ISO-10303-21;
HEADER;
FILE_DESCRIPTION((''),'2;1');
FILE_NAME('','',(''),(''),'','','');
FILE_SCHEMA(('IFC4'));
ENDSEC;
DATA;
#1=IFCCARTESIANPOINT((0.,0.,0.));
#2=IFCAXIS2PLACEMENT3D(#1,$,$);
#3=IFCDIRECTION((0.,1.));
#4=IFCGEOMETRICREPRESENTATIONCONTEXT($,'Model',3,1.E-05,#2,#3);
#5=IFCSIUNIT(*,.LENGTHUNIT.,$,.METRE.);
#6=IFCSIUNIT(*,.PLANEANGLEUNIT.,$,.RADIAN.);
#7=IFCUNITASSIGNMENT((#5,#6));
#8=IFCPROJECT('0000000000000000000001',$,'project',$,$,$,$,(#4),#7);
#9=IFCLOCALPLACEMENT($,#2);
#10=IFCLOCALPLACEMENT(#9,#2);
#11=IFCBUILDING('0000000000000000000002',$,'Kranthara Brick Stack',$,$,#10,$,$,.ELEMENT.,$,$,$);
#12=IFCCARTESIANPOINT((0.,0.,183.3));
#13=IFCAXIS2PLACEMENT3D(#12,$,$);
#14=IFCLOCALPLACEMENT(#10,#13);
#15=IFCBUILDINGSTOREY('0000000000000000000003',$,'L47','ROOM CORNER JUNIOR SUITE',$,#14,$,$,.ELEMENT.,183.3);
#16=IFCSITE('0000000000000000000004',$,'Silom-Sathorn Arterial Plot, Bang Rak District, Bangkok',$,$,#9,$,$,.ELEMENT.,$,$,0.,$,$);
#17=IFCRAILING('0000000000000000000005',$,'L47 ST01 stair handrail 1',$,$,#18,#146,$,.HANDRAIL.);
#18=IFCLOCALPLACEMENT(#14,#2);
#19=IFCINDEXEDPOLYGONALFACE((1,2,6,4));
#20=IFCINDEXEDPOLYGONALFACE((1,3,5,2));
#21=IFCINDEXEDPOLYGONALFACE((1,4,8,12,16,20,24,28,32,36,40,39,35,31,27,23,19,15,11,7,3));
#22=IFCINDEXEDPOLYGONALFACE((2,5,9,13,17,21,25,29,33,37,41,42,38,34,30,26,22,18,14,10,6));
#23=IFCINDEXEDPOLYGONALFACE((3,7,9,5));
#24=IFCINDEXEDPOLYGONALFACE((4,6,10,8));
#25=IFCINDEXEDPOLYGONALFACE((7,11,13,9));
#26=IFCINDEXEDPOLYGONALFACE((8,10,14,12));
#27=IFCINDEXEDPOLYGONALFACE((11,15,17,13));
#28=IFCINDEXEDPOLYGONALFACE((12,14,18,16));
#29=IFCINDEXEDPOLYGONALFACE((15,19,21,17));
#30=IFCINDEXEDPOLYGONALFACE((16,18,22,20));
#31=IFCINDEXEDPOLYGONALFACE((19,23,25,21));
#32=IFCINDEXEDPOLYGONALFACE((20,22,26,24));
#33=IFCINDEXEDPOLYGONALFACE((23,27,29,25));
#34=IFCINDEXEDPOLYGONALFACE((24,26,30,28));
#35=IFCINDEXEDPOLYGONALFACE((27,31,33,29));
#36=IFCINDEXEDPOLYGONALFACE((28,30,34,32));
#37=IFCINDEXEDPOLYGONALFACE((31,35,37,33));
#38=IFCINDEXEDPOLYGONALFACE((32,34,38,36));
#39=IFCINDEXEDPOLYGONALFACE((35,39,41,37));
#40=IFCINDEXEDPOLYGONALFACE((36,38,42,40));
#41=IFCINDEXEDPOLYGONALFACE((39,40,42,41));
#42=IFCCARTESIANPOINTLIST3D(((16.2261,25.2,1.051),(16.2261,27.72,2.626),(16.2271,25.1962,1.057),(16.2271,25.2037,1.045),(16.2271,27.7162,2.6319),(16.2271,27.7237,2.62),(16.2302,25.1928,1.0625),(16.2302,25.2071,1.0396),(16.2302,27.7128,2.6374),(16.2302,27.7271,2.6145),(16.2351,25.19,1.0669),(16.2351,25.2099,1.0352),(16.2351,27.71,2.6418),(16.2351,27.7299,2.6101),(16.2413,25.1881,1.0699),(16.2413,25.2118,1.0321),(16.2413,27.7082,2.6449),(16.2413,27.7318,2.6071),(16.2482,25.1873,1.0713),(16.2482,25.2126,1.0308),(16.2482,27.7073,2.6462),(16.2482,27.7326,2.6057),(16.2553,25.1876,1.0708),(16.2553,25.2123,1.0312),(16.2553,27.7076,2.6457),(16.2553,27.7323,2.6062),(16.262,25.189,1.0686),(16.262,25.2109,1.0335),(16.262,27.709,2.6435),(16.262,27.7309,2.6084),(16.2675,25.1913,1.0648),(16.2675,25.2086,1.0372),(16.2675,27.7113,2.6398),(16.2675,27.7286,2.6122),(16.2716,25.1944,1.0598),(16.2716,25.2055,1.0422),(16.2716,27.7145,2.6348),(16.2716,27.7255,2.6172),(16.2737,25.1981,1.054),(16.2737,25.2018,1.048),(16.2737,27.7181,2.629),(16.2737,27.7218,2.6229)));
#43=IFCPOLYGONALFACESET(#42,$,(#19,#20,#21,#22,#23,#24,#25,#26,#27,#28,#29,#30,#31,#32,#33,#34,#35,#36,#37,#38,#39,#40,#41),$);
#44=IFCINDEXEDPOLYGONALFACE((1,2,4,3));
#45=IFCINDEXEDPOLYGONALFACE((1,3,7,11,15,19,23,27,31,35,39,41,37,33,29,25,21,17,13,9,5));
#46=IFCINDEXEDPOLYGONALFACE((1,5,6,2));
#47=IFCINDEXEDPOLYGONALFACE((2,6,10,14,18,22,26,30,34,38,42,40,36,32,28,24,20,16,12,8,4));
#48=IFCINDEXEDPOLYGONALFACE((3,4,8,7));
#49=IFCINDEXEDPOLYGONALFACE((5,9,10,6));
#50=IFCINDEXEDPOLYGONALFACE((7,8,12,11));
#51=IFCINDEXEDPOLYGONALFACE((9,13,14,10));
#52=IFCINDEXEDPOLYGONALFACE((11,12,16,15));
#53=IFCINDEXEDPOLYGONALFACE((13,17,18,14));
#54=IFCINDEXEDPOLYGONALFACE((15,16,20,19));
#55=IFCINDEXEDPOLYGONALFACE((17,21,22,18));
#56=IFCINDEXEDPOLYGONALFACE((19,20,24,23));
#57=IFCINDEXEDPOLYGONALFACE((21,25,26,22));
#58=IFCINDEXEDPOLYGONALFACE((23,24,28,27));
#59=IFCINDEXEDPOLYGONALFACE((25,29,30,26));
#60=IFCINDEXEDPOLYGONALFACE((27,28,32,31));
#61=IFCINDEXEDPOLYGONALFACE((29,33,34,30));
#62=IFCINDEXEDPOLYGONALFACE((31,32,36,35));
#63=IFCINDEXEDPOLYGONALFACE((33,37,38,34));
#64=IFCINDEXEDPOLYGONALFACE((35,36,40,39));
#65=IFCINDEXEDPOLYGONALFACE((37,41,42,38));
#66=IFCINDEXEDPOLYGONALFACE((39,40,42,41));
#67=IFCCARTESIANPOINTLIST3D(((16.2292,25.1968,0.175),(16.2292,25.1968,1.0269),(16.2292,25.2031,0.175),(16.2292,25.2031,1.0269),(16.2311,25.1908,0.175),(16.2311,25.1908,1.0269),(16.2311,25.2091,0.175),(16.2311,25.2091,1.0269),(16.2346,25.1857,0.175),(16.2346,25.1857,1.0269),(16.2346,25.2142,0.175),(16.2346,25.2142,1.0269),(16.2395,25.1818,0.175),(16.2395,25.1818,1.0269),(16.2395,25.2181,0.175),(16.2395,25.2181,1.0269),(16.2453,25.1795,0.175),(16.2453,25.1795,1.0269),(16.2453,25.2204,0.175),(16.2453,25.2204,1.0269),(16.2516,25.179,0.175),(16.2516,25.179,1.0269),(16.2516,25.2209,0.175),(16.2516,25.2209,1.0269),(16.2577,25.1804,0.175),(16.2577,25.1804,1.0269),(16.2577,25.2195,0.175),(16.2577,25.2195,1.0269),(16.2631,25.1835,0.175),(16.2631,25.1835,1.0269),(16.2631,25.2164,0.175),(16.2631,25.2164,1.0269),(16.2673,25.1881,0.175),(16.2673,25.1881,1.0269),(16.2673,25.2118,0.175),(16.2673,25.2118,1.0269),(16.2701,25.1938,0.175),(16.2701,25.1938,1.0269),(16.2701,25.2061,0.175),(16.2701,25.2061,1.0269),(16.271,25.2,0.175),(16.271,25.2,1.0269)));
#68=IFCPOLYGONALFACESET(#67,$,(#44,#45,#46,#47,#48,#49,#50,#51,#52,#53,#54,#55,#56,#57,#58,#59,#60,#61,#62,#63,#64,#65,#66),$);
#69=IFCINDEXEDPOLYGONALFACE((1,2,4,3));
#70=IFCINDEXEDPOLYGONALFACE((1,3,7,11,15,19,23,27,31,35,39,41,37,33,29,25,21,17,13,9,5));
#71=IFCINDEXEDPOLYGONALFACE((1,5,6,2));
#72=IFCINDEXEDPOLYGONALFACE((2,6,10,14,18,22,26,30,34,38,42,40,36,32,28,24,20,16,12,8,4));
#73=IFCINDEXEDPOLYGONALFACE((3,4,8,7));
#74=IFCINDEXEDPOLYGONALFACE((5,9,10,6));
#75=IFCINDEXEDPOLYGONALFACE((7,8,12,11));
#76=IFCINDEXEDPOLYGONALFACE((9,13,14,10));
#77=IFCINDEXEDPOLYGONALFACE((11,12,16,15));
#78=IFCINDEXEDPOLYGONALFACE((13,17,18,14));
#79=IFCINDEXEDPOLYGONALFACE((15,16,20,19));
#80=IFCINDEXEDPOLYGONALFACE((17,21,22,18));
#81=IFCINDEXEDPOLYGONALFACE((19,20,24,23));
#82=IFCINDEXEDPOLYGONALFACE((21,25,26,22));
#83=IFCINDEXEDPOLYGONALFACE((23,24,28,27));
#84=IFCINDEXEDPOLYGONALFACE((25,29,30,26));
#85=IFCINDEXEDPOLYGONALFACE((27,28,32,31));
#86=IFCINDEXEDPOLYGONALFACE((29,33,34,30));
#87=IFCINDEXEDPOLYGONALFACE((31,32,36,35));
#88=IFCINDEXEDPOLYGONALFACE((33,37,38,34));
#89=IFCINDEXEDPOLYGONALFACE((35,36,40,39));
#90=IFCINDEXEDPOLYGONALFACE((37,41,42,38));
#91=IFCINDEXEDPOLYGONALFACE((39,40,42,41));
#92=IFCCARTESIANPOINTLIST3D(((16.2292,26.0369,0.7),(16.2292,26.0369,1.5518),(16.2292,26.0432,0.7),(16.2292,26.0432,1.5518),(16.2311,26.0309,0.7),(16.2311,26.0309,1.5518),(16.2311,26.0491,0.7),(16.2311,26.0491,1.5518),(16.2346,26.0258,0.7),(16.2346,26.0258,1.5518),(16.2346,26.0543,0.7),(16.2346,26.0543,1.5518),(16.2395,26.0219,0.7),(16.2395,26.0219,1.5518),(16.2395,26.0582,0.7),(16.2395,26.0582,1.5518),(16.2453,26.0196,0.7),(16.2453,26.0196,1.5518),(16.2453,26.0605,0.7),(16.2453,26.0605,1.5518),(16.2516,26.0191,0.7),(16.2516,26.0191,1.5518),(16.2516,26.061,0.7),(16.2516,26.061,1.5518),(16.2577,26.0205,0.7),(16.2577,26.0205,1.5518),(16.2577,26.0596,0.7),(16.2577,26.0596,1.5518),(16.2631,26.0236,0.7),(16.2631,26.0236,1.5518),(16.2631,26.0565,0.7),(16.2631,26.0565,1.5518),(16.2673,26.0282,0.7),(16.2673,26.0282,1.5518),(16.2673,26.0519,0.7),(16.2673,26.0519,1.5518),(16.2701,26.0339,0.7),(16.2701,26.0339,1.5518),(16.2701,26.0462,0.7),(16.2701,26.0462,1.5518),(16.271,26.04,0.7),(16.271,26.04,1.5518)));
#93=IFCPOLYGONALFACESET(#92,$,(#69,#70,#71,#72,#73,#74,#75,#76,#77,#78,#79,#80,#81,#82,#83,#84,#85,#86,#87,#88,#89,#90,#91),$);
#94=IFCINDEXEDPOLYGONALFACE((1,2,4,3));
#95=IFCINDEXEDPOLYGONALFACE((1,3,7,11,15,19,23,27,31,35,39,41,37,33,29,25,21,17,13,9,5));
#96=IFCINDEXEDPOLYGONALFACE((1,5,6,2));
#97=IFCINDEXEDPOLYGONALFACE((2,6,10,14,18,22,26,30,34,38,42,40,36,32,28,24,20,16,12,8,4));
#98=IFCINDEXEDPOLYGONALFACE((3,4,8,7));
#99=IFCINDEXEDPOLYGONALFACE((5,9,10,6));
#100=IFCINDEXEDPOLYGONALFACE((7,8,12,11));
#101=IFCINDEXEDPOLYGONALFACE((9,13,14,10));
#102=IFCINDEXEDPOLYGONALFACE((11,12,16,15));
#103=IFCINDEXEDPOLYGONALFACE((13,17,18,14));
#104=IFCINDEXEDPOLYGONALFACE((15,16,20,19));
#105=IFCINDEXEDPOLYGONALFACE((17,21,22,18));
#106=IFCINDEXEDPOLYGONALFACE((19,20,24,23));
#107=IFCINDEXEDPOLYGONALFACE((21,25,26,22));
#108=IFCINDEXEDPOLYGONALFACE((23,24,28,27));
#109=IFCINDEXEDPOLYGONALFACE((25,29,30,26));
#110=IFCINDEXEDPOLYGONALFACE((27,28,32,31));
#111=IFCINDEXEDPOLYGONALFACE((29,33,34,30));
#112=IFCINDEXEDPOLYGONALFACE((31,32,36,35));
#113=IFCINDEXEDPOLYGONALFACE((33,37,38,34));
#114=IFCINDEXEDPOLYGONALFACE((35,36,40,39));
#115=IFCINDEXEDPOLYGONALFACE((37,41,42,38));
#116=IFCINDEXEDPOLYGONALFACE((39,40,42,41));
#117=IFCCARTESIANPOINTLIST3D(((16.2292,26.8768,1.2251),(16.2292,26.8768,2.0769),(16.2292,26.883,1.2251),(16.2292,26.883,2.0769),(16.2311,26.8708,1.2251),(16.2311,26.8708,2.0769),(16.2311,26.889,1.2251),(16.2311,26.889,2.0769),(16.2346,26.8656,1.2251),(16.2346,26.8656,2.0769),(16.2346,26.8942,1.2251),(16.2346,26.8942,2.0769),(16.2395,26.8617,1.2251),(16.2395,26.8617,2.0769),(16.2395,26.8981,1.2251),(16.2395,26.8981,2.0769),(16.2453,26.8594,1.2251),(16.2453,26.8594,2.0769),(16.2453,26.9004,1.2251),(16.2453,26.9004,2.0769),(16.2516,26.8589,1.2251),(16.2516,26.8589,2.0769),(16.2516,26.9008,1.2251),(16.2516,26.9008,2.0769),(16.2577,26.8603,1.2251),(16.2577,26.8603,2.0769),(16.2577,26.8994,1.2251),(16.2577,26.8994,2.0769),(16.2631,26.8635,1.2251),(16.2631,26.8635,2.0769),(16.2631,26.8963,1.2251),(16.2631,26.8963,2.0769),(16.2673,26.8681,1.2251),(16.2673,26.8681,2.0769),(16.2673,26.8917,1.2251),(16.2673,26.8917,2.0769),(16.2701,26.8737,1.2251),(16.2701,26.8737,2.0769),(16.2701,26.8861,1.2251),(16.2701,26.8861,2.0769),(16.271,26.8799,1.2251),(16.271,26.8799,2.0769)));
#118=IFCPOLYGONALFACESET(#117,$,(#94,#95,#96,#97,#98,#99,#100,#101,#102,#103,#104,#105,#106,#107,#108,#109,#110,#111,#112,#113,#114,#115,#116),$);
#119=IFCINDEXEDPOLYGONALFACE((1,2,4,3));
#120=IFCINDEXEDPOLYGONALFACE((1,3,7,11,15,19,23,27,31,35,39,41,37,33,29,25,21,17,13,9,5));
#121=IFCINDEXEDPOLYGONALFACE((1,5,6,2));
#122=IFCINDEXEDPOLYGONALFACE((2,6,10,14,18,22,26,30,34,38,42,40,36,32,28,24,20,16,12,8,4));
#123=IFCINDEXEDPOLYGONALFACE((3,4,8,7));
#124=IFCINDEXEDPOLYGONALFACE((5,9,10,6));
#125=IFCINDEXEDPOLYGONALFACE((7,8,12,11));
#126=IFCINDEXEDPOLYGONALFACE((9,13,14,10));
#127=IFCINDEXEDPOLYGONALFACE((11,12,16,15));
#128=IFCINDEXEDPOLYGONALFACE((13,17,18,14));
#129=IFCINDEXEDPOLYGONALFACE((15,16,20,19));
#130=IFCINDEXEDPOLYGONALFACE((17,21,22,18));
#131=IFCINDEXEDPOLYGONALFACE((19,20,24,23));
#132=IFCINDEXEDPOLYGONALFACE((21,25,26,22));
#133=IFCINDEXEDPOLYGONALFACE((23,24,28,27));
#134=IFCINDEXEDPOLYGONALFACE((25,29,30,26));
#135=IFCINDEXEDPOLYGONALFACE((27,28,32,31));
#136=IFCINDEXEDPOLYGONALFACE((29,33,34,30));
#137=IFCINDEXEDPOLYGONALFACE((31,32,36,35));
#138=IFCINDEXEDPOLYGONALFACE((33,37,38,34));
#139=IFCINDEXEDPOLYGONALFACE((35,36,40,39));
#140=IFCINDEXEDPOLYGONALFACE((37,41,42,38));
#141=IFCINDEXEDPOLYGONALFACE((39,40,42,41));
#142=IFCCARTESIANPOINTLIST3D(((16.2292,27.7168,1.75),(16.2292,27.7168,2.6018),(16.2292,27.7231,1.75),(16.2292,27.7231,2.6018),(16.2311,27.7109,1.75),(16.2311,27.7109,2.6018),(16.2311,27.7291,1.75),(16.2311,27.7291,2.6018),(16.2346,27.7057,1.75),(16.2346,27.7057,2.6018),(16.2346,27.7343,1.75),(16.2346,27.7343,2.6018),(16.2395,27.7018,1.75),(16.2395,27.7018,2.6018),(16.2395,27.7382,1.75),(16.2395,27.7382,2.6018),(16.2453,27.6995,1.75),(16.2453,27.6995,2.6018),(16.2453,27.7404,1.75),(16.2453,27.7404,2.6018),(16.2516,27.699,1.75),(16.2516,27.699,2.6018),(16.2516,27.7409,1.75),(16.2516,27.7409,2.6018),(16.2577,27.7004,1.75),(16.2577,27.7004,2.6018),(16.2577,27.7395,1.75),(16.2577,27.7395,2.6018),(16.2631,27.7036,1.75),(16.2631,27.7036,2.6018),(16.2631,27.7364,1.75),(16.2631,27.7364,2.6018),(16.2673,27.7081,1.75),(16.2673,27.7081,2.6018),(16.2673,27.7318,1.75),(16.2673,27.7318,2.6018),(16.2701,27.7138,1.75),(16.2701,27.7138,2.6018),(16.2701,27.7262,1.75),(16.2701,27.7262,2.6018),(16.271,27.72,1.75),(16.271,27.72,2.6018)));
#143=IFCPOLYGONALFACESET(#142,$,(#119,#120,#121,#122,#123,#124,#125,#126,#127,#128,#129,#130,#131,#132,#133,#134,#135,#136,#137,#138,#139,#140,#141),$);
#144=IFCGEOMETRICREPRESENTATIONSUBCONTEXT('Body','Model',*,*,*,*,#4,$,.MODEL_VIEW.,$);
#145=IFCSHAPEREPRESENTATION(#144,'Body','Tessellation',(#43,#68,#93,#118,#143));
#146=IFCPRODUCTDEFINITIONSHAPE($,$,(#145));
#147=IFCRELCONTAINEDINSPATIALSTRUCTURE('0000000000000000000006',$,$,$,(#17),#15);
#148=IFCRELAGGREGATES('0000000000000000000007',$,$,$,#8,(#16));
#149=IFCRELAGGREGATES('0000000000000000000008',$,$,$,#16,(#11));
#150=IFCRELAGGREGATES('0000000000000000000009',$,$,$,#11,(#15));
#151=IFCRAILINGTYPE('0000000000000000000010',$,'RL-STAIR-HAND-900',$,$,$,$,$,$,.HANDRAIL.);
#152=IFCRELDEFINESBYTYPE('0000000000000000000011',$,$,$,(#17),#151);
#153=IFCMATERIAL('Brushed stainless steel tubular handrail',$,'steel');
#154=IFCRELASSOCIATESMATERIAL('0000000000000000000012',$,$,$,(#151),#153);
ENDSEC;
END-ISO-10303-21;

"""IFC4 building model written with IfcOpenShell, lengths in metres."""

from ifc_helpers import new_model, si_unit, direction, frame, origin, origin_2d, place, context, subcontext, project, spatial, circle, extrude, material, type_object, element, save


model = new_model("IFC4")

# Units and contexts
model_context = context("Model", 3, precision=1e-05, world=origin(), true_north=direction((0.0, 1.0)))
body_context = subcontext(model_context, "Body", "Model", "MODEL_VIEW")
ifc_project = project(units=[si_unit("LENGTHUNIT", "METRE"), si_unit("PLANEANGLEUNIT", "RADIAN")], contexts=[model_context])

# Site, building, storey
site_placement = place(None, origin())
site = spatial("IfcSite", under=ifc_project, at=site_placement, Name="Silom-Sathorn Arterial Plot, Bang Rak District, Bangkok", CompositionType="ELEMENT", RefElevation=0.0)
building_placement = place(site_placement, origin())
building = spatial("IfcBuilding", under=site, at=building_placement, Name="Kranthara Brick Stack", CompositionType="ELEMENT")
storey_placement = place(building_placement, frame((0.0, 0.0, 183.3)))
storey = spatial("IfcBuildingStorey", under=building, at=storey_placement, Name="L47", Description="ROOM CORNER JUNIOR SUITE", CompositionType="ELEMENT", Elevation=183.3)

# Railing
ifc_material_1 = material(Name="Brushed stainless steel tubular handrail", Category="steel")
railing_type_1 = type_object("IfcRailingType", Name="RL-STAIR-HAND-900", PredefinedType="HANDRAIL", material=ifc_material_1)
railing_1_placement = place(storey_placement, frame((16.25, 25.2, 0.175)))
element("IfcRailing", 1, at=railing_1_placement, inside=storey, type_object=railing_type_1, Name="L47 ST01 stair handrail 1", PredefinedType="HANDRAIL", context=body_context, shape_type="SweptSolid", body=[
    extrude(circle(Radius=0.0239, at=origin_2d()), frame((0.0, 0.0, 0.876), z_axis=(0.0, 0.848008, 0.529984), x_axis=(-1.0, 0.0, 0.0)), (0.0, 0.0, 1.0), 2.9717),
    extrude(circle(Radius=0.021, at=origin_2d()), origin(), (0.0, 0.0, 1.0), 0.8518),
    extrude(circle(Radius=0.021, at=origin_2d()), frame((0.0, 0.8401, 0.5249)), (0.0, 0.0, 1.0), 0.8518),
    extrude(circle(Radius=0.021, at=origin_2d()), frame((0.0, 1.6799, 1.05)), (0.0, 0.0, 1.0), 0.8518),
    extrude(circle(Radius=0.021, at=origin_2d()), frame((0.0, 2.52, 1.575)), (0.0, 0.0, 1.0), 0.8518),
])

save(model, "model.ifc")
